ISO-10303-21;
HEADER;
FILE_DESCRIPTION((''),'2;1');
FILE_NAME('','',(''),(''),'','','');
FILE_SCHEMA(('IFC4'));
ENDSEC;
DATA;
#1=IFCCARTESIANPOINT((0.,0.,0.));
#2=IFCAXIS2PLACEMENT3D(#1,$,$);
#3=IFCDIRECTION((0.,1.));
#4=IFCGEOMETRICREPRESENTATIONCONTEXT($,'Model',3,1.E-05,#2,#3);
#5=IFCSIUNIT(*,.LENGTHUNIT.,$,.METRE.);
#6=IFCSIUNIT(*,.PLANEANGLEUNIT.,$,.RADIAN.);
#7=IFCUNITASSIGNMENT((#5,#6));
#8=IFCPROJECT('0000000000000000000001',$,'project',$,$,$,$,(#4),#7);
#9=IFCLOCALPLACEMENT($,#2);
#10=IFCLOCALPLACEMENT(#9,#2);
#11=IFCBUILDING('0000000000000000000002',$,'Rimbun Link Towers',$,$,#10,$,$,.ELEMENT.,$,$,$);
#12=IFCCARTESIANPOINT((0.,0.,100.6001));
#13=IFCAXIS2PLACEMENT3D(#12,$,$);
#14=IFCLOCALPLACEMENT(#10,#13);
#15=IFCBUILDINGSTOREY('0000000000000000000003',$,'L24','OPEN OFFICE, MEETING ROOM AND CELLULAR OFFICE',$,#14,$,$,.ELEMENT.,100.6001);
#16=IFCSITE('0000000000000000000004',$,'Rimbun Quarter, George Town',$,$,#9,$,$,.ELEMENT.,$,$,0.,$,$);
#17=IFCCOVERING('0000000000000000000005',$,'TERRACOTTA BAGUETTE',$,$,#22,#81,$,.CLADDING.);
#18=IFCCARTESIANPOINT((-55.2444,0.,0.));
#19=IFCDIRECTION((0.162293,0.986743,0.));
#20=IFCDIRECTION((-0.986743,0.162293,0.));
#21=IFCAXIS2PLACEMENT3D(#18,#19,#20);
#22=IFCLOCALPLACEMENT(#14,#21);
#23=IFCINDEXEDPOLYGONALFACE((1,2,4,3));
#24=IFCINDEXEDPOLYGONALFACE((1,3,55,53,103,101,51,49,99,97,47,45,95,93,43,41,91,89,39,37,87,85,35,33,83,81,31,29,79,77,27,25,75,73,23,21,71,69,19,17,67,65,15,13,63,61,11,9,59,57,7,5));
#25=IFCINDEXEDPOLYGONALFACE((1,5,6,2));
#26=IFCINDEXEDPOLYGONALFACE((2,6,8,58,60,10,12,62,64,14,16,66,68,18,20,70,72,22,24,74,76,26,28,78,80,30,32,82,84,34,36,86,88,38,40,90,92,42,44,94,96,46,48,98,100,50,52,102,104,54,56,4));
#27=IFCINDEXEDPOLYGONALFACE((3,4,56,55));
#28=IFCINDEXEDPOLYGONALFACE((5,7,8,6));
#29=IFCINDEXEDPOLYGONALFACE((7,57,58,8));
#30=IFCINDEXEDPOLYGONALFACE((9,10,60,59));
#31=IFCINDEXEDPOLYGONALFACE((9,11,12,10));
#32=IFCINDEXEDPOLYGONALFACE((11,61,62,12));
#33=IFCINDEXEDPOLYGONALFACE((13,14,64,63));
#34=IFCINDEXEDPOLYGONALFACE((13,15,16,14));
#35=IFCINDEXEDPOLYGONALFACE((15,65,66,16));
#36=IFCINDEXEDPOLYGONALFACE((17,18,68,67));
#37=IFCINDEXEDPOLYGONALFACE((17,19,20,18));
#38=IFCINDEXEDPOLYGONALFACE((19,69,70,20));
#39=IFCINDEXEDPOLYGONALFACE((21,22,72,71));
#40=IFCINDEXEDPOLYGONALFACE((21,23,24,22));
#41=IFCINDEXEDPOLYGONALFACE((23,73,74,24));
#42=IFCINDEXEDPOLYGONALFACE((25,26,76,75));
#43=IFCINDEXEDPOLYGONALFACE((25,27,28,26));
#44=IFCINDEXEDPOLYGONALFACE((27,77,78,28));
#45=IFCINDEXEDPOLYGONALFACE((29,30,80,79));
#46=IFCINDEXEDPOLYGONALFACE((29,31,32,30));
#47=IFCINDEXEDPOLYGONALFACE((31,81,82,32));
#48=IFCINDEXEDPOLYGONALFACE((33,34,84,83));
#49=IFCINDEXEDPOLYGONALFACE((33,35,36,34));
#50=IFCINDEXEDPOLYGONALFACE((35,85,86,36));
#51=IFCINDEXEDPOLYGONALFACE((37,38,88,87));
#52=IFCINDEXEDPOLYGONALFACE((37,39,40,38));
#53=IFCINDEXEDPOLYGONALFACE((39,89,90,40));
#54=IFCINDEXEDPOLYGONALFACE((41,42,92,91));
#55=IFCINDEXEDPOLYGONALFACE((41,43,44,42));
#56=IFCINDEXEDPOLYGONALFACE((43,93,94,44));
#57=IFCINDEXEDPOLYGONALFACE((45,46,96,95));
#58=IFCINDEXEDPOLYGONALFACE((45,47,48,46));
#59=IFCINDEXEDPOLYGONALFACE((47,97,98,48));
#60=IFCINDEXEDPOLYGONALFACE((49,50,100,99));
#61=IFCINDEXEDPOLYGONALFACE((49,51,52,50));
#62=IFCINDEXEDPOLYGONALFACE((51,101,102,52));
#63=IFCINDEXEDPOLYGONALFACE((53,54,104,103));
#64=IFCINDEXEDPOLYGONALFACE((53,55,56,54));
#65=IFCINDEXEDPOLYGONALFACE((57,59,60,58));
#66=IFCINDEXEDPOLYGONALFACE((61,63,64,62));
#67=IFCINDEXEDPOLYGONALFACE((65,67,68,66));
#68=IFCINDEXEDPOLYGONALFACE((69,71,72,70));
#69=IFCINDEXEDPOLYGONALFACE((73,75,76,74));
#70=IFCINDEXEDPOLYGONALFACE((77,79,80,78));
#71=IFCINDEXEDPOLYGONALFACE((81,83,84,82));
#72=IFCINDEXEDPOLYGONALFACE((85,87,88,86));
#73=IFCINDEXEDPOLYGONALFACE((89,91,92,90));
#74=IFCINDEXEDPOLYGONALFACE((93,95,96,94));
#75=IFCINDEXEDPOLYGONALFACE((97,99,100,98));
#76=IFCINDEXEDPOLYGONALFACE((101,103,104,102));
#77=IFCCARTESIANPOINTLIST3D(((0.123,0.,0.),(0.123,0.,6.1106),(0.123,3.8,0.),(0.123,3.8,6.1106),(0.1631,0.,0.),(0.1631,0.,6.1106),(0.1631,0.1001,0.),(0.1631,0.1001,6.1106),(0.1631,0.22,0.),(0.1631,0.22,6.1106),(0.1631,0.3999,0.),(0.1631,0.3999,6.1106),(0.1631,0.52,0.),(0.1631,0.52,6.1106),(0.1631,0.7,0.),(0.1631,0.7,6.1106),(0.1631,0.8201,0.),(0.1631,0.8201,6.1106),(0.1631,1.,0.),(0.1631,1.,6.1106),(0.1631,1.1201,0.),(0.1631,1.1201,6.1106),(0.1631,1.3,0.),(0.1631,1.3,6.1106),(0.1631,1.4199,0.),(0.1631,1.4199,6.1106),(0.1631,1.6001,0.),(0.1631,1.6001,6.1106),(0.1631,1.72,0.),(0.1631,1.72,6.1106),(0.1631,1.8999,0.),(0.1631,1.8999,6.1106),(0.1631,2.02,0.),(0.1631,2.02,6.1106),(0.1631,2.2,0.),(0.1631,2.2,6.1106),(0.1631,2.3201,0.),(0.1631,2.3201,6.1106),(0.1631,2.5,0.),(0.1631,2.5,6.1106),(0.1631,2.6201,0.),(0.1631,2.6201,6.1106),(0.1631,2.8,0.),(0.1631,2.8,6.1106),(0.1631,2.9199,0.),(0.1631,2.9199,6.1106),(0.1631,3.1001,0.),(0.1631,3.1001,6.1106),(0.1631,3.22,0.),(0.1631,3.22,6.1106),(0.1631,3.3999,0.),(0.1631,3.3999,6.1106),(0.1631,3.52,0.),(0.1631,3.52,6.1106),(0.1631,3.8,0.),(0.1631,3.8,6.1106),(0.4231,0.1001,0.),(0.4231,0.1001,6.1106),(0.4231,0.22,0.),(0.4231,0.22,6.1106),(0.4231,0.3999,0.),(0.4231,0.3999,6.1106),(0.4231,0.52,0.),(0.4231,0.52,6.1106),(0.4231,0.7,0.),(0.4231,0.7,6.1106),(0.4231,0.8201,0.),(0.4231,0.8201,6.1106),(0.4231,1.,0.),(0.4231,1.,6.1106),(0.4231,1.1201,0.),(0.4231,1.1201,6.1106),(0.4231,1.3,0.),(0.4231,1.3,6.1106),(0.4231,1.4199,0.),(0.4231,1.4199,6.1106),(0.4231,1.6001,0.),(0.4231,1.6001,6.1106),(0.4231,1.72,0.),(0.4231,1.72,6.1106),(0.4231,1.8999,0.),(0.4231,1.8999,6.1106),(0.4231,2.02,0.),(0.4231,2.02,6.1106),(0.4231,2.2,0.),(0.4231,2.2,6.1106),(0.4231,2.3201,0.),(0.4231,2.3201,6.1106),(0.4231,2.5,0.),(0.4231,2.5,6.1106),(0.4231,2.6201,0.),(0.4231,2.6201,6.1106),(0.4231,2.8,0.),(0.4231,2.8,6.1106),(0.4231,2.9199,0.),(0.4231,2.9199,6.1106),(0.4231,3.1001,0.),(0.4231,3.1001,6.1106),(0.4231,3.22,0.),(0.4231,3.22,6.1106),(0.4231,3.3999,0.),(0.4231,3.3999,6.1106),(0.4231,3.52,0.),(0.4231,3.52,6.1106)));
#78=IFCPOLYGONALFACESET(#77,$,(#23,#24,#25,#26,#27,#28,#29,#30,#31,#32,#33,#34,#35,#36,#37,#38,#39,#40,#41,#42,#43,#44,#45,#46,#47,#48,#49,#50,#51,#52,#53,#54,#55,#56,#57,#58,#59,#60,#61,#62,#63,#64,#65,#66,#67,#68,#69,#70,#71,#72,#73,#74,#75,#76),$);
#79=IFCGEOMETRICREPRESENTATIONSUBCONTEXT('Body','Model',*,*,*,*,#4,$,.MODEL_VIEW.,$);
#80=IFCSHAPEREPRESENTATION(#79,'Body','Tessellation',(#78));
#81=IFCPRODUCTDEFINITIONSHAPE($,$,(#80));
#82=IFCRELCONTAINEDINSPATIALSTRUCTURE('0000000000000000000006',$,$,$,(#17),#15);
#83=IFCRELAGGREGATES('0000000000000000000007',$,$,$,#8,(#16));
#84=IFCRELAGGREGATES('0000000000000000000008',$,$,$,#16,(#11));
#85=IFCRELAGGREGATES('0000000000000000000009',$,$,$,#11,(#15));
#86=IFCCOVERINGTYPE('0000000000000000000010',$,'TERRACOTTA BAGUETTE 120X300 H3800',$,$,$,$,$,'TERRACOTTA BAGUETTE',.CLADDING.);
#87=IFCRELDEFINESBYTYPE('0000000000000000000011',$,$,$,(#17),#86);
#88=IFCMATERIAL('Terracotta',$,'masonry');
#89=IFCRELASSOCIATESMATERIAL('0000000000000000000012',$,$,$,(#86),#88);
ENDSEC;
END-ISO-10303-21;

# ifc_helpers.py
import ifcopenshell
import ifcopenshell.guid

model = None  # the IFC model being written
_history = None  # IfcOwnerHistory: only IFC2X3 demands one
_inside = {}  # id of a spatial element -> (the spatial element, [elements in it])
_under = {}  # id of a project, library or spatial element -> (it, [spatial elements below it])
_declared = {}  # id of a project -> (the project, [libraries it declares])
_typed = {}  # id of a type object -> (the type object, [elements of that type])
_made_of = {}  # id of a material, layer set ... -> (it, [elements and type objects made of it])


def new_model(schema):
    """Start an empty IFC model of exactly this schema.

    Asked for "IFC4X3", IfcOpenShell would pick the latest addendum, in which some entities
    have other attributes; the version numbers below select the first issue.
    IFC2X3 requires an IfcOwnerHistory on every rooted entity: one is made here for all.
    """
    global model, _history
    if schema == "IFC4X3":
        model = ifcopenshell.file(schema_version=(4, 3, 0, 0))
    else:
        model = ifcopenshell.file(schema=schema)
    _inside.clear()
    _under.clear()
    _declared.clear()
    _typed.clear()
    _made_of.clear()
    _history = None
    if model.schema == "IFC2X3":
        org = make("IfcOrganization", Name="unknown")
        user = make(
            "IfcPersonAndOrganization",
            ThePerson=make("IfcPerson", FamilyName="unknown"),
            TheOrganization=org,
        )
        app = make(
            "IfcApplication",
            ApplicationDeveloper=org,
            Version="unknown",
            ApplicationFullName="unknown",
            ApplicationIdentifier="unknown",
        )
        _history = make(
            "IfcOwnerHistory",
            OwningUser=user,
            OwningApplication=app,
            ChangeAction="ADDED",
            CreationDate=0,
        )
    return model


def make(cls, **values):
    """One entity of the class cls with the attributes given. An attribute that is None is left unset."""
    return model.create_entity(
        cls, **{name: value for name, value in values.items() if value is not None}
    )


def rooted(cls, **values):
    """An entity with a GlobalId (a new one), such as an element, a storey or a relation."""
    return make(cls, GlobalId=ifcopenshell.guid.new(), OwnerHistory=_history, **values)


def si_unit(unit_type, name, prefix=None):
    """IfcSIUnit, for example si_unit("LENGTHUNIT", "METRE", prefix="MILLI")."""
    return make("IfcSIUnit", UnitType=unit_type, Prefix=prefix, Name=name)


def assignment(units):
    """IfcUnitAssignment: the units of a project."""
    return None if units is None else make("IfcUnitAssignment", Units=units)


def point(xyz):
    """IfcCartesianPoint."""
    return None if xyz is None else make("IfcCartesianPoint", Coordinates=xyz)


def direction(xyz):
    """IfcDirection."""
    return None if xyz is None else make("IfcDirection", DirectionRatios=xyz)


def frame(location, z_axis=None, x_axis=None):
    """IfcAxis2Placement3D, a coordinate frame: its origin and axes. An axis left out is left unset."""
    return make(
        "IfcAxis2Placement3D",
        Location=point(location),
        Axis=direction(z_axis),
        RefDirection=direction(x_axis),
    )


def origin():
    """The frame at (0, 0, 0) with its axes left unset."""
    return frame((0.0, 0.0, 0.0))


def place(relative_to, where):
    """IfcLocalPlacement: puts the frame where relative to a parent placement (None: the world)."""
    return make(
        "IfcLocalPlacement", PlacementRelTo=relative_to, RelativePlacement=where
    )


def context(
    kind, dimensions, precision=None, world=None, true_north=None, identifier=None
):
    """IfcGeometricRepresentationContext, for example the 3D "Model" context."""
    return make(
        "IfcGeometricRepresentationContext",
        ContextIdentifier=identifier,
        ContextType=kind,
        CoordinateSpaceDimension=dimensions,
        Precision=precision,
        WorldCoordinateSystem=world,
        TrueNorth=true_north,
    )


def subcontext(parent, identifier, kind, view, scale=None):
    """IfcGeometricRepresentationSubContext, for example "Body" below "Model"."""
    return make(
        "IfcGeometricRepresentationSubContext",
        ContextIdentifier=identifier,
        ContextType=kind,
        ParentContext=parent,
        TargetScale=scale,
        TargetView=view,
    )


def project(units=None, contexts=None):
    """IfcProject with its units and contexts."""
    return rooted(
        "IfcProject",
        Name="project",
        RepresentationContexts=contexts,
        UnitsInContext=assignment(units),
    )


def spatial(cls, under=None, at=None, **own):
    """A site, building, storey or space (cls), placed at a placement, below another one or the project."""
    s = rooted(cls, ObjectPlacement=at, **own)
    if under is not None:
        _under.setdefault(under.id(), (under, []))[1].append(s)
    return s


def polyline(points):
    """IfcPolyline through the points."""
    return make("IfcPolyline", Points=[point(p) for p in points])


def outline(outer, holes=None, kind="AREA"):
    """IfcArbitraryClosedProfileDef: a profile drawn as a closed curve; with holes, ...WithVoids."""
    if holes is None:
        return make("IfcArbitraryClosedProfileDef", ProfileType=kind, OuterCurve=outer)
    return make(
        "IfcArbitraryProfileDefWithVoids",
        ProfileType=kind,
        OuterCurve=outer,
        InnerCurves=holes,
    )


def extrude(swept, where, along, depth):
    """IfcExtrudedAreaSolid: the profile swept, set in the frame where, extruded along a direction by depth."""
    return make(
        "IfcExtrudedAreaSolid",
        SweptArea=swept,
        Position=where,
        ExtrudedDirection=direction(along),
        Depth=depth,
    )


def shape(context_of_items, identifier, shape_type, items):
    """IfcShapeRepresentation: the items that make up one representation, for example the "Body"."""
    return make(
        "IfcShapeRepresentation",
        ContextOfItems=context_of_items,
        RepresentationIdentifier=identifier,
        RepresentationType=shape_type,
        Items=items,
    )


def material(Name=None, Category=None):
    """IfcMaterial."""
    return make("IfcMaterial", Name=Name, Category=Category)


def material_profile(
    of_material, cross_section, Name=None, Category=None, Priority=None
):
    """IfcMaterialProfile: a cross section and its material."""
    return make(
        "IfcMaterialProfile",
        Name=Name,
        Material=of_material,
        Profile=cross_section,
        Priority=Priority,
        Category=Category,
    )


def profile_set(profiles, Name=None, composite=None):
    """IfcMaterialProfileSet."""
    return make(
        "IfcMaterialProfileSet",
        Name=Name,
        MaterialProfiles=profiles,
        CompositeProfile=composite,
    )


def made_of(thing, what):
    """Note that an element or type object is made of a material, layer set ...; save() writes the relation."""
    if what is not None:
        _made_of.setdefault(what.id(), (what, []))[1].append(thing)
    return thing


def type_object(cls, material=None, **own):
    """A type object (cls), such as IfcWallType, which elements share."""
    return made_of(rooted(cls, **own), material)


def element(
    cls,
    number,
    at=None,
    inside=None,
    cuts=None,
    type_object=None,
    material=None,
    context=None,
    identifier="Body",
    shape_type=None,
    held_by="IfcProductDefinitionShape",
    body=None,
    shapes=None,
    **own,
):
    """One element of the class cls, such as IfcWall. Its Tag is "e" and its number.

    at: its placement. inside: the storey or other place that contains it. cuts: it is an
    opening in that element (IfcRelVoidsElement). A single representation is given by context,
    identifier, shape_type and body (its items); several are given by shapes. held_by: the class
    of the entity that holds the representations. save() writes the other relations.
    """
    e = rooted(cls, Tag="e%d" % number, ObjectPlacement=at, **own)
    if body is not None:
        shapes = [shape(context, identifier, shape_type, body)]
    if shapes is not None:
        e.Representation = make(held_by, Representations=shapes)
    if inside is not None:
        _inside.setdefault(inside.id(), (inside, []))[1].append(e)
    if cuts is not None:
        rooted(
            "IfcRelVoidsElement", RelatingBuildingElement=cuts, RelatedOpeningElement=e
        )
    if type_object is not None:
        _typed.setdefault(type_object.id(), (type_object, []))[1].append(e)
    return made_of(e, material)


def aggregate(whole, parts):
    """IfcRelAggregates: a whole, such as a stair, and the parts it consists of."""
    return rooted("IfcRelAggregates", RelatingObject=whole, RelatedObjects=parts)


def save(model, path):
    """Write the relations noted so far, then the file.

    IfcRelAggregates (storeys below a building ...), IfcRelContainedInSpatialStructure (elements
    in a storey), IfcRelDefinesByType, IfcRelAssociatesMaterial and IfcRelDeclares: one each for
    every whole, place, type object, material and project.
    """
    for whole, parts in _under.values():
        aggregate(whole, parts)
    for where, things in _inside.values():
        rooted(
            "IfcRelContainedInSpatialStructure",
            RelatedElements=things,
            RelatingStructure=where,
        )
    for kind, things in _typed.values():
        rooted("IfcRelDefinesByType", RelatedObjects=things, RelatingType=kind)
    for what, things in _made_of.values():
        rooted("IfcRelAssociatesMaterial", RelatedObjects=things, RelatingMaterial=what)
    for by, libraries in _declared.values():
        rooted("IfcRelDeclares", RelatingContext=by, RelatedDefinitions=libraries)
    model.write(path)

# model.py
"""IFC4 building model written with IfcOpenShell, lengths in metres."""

from ifc_helpers import new_model, si_unit, direction, frame, origin, place, context, subcontext, project, spatial, polyline, outline, extrude, material, material_profile, profile_set, type_object, element, save


model = new_model("IFC4")

# Units and contexts
model_context = context("Model", 3, precision=1e-05, world=origin(), true_north=direction((0.0, 1.0)))
body_context = subcontext(model_context, "Body", "Model", "MODEL_VIEW")
ifc_project = project(units=[si_unit("LENGTHUNIT", "METRE"), si_unit("PLANEANGLEUNIT", "RADIAN")], contexts=[model_context])

# Site, building, storey
site_placement = place(None, origin())
site = spatial("IfcSite", under=ifc_project, at=site_placement, Name="Rimbun Quarter, George Town", CompositionType="ELEMENT", RefElevation=0.0)
building_placement = place(site_placement, origin())
building = spatial("IfcBuilding", under=site, at=building_placement, Name="Rimbun Link Towers", CompositionType="ELEMENT")
storey_placement = place(building_placement, frame((0.0, 0.0, 100.6001)))
storey = spatial("IfcBuildingStorey", under=building, at=storey_placement, Name="L24", Description="OPEN OFFICE, MEETING ROOM AND CELLULAR OFFICE", CompositionType="ELEMENT", Elevation=100.6001)

# Covering
ifc_material_1 = material(Name="Terracotta", Category="masonry")
ifc_material_profile_1 = material_profile(ifc_material_1, outline(polyline([(0.123, 0.0), (0.1631, 0.0), (0.1631, 0.1001), (0.4231, 0.1001), (0.4231, 0.22), (0.1631, 0.22), (0.1631, 0.3999), (0.4231, 0.3999), (0.4231, 0.52), (0.1631, 0.52), (0.1631, 0.7), (0.4231, 0.7), (0.4231, 0.8201), (0.1631, 0.8201), (0.1631, 1.0), (0.4231, 1.0), (0.4231, 1.1201), (0.1631, 1.1201), (0.1631, 1.3), (0.4231, 1.3), (0.4231, 1.4199), (0.1631, 1.4199), (0.1631, 1.6001), (0.4231, 1.6001), (0.4231, 1.72), (0.1631, 1.72), (0.1631, 1.8999), (0.4231, 1.8999), (0.4231, 2.02), (0.1631, 2.02), (0.1631, 2.2), (0.4231, 2.2), (0.4231, 2.3201), (0.1631, 2.3201), (0.1631, 2.5), (0.4231, 2.5), (0.4231, 2.6201), (0.1631, 2.6201), (0.1631, 2.8), (0.4231, 2.8), (0.4231, 2.9199), (0.1631, 2.9199), (0.1631, 3.1001), (0.4231, 3.1001), (0.4231, 3.22), (0.1631, 3.22), (0.1631, 3.3999), (0.4231, 3.3999), (0.4231, 3.52), (0.1631, 3.52), (0.1631, 3.8), (0.123, 3.8), (0.123, 0.0)])), Name="BAGUETTE 120X300")
ifc_profile_set_1 = profile_set([ifc_material_profile_1], Name="Terracotta")
covering_type = type_object("IfcCoveringType", Name="TERRACOTTA BAGUETTE 120X300 H3800", ElementType="TERRACOTTA BAGUETTE", PredefinedType="CLADDING", material=ifc_profile_set_1)
covering_placement = place(storey_placement, frame((-55.2444, 0.0, 0.0), z_axis=(0.162293, 0.986743, 0.0), x_axis=(-0.986743, 0.162293, 0.0)))
element("IfcCovering", 1, at=covering_placement, inside=storey, type_object=covering_type, Name="TERRACOTTA BAGUETTE", PredefinedType="CLADDING", context=body_context, shape_type="SweptSolid", body=[
    extrude(outline(polyline([(0.123, 0.0), (0.1631, 0.0), (0.1631, 0.1001), (0.4231, 0.1001), (0.4231, 0.22), (0.1631, 0.22), (0.1631, 0.3999), (0.4231, 0.3999), (0.4231, 0.52), (0.1631, 0.52), (0.1631, 0.7), (0.4231, 0.7), (0.4231, 0.8201), (0.1631, 0.8201), (0.1631, 1.0), (0.4231, 1.0), (0.4231, 1.1201), (0.1631, 1.1201), (0.1631, 1.3), (0.4231, 1.3), (0.4231, 1.4199), (0.1631, 1.4199), (0.1631, 1.6001), (0.4231, 1.6001), (0.4231, 1.72), (0.1631, 1.72), (0.1631, 1.8999), (0.4231, 1.8999), (0.4231, 2.02), (0.1631, 2.02), (0.1631, 2.2), (0.4231, 2.2), (0.4231, 2.3201), (0.1631, 2.3201), (0.1631, 2.5), (0.4231, 2.5), (0.4231, 2.6201), (0.1631, 2.6201), (0.1631, 2.8), (0.4231, 2.8), (0.4231, 2.9199), (0.1631, 2.9199), (0.1631, 3.1001), (0.4231, 3.1001), (0.4231, 3.22), (0.1631, 3.22), (0.1631, 3.3999), (0.4231, 3.3999), (0.4231, 3.52), (0.1631, 3.52), (0.1631, 3.8), (0.123, 3.8), (0.123, 0.0)])), origin(), (0.0, 0.0, 1.0), 6.1106),
])

save(model, "model.ifc")
